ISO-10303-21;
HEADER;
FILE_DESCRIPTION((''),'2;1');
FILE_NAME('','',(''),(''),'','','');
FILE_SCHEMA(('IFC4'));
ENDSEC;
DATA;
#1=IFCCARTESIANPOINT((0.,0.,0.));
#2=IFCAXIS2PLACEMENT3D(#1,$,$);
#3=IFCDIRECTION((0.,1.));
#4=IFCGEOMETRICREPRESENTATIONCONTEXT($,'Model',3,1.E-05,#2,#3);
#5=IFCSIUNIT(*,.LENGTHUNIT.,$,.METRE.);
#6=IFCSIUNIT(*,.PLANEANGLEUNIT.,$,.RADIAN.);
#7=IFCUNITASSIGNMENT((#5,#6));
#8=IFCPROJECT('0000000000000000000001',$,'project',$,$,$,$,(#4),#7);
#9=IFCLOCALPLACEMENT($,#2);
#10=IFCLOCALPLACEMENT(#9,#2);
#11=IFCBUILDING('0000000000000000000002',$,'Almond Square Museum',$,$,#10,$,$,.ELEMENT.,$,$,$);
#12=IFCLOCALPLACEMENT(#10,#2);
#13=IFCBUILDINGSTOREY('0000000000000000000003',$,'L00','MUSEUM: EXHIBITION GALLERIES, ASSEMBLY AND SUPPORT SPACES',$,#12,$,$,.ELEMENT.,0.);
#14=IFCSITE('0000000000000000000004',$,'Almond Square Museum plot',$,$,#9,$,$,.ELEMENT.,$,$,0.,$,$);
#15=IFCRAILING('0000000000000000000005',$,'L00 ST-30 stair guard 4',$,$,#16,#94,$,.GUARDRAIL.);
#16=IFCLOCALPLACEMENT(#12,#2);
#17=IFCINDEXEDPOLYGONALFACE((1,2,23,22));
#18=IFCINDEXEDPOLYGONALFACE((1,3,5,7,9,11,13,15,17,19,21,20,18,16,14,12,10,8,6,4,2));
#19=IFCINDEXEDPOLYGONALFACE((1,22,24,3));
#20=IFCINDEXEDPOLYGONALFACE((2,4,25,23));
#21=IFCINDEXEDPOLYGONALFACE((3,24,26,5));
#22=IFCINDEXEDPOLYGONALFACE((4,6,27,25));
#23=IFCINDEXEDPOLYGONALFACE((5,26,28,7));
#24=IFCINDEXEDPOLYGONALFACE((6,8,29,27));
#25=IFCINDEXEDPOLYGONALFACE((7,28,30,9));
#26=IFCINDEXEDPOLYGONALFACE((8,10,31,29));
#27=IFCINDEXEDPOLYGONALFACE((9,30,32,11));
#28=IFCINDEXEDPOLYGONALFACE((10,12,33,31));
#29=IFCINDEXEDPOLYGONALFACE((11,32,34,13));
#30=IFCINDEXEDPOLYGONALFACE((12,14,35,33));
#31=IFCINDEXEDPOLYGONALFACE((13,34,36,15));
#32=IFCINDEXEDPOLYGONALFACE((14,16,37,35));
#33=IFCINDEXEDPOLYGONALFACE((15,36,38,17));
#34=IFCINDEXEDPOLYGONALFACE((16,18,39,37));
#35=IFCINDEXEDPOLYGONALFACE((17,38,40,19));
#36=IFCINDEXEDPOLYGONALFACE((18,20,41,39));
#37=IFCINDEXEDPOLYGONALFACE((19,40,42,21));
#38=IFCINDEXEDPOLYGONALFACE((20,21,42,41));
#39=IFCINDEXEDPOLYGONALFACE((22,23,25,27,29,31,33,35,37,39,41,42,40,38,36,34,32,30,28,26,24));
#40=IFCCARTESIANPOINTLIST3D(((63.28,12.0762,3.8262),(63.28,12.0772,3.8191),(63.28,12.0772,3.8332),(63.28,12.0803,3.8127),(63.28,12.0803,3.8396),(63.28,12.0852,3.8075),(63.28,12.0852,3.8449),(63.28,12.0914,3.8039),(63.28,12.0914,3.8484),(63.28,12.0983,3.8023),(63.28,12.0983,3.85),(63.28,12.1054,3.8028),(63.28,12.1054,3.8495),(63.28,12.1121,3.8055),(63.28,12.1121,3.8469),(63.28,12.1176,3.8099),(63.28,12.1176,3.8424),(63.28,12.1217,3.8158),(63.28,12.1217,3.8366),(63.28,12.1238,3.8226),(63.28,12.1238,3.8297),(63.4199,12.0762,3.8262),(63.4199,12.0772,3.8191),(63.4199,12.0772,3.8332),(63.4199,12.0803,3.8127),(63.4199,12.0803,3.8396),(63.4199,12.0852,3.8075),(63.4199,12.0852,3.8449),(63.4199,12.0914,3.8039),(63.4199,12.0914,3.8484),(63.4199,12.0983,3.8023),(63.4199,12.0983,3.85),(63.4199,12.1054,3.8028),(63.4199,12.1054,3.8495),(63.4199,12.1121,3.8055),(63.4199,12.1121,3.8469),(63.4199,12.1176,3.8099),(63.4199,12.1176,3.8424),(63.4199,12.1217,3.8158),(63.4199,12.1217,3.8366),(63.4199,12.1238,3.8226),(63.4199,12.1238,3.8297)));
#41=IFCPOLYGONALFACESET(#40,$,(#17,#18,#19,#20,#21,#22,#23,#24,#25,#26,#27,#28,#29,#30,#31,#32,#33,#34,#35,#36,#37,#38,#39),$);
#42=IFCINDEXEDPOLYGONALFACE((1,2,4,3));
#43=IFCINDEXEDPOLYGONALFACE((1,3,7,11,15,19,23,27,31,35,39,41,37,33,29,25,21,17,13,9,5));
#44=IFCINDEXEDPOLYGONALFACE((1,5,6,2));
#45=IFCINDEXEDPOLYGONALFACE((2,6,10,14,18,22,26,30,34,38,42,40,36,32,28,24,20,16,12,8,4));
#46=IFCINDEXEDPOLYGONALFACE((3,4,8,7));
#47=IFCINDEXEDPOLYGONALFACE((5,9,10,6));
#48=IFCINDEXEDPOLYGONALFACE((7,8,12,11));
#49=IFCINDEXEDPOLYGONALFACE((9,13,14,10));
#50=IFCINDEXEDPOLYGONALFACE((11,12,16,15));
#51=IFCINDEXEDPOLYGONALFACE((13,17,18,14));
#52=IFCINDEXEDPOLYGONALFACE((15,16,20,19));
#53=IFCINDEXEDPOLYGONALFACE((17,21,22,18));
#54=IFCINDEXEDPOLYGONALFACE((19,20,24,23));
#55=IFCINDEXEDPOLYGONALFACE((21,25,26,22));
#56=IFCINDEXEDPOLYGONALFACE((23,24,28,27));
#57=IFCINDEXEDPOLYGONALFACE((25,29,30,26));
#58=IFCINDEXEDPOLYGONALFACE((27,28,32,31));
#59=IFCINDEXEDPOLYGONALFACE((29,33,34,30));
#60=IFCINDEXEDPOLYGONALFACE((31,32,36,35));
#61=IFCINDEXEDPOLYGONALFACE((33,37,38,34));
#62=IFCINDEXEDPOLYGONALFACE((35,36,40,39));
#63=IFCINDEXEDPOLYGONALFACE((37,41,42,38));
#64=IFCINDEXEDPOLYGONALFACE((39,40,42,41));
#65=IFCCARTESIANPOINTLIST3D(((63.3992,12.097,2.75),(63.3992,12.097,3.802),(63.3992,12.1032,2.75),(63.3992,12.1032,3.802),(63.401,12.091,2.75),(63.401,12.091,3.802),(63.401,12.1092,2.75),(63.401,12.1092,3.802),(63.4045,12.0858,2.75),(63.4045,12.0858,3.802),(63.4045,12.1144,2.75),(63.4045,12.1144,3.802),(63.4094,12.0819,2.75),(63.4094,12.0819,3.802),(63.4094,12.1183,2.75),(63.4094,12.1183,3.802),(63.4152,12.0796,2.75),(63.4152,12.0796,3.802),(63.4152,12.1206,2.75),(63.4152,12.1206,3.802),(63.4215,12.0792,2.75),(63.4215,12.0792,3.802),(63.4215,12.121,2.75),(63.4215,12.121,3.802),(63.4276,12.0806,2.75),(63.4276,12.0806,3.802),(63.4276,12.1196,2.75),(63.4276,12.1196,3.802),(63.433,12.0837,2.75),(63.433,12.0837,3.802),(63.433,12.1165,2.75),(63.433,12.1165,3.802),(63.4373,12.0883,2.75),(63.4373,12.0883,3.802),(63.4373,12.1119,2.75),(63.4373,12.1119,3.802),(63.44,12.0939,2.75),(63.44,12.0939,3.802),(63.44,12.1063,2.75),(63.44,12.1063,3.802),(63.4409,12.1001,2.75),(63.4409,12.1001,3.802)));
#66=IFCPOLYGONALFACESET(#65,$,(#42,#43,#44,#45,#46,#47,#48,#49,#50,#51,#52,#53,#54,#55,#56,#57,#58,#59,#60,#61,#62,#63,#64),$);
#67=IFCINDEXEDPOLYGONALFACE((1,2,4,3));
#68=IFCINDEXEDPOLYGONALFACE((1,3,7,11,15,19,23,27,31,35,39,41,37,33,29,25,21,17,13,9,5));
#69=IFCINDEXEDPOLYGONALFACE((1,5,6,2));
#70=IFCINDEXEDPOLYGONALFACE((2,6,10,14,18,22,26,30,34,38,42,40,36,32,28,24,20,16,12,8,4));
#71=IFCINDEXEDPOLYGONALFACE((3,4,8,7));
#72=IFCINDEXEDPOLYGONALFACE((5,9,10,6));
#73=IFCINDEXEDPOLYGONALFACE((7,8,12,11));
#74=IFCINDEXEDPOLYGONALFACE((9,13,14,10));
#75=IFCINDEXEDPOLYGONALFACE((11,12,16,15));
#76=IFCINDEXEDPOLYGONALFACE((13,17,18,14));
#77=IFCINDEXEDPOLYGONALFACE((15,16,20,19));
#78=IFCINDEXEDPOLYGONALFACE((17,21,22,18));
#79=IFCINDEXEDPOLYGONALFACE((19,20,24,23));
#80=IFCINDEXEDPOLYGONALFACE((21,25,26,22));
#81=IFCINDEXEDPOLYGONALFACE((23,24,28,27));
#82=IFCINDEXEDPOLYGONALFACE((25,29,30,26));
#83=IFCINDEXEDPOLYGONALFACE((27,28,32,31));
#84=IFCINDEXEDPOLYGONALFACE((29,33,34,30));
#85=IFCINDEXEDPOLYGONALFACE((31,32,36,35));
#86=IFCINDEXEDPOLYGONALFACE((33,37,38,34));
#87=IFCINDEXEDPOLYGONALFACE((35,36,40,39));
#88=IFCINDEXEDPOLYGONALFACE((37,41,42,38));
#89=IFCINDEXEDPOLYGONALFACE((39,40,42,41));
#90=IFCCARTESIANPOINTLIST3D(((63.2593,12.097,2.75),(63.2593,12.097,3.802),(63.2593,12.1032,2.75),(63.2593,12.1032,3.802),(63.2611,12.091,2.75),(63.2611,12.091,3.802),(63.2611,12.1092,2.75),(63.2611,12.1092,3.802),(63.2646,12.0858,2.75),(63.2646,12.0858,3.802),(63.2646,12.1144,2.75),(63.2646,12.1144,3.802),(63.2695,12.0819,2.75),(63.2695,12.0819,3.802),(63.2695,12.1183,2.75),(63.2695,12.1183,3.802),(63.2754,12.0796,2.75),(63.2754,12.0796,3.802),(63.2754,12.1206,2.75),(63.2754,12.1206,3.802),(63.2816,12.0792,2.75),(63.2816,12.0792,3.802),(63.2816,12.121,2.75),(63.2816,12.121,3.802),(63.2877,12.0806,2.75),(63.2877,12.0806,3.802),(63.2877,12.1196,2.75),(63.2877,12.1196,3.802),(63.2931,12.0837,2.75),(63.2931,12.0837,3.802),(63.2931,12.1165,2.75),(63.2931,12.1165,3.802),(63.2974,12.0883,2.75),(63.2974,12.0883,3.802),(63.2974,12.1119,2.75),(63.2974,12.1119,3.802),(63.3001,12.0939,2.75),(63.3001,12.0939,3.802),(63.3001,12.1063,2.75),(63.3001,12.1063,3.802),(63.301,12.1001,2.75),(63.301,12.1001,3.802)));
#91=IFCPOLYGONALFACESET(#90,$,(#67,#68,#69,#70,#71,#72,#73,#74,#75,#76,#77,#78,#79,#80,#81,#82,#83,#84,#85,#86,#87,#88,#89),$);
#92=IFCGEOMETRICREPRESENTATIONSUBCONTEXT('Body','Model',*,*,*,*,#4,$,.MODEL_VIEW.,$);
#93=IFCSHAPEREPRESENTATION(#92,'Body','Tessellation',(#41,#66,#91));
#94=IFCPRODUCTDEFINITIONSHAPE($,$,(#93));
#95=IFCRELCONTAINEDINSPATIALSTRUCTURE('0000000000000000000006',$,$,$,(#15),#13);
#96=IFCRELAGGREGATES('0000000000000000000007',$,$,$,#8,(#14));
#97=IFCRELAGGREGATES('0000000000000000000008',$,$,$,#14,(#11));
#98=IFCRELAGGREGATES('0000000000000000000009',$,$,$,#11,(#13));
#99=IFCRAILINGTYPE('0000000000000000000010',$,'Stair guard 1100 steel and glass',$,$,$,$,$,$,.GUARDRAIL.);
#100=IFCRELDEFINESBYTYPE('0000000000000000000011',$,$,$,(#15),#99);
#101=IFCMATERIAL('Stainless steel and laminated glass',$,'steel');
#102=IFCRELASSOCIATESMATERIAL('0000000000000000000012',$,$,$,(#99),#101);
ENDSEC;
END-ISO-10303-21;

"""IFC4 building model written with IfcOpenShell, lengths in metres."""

from ifc_helpers import new_model, si_unit, direction, frame, origin, origin_2d, place, context, subcontext, project, spatial, circle, extrude, material, type_object, element, save


model = new_model("IFC4")

# Units and contexts
model_context = context("Model", 3, precision=1e-05, world=origin(), true_north=direction((0.0, 1.0)))
body_context = subcontext(model_context, "Body", "Model", "MODEL_VIEW")
ifc_project = project(units=[si_unit("LENGTHUNIT", "METRE"), si_unit("PLANEANGLEUNIT", "RADIAN")], contexts=[model_context])

# Site, building, storey
site_placement = place(None, origin())
site = spatial("IfcSite", under=ifc_project, at=site_placement, Name="Almond Square Museum plot", CompositionType="ELEMENT", RefElevation=0.0)
building_placement = place(site_placement, origin())
building = spatial("IfcBuilding", under=site, at=building_placement, Name="Almond Square Museum", CompositionType="ELEMENT")
storey_placement = place(building_placement, origin())
storey = spatial("IfcBuildingStorey", under=building, at=storey_placement, Name="L00", Description="MUSEUM: EXHIBITION GALLERIES, ASSEMBLY AND SUPPORT SPACES", CompositionType="ELEMENT", Elevation=0.0)

# Railing
ifc_material_1 = material(Name="Stainless steel and laminated glass", Category="steel")
railing_type = type_object("IfcRailingType", Name="Stair guard 1100 steel and glass", PredefinedType="GUARDRAIL", material=ifc_material_1)
railing_1_placement = place(storey_placement, frame((63.4199, 12.1001, 2.75)))
element("IfcRailing", 1, at=railing_1_placement, inside=storey, type_object=railing_type, Name="L00 ST-30 stair guard 4", PredefinedType="GUARDRAIL", context=body_context, shape_type="SweptSolid", body=[
    extrude(circle(Radius=0.0239, at=origin_2d()), frame((0.0, 0.0, 1.0762), z_axis=(-1.0, 0.0, 0.0), x_axis=(0.0, -1.0, 0.0)), (0.0, 0.0, 1.0), 0.1399),
    extrude(circle(Radius=0.021, at=origin_2d()), origin(), (0.0, 0.0, 1.0), 1.052),
    extrude(circle(Radius=0.021, at=origin_2d()), frame((-0.1399, 0.0, 0.0)), (0.0, 0.0, 1.0), 1.052),
])

save(model, "model.ifc")
